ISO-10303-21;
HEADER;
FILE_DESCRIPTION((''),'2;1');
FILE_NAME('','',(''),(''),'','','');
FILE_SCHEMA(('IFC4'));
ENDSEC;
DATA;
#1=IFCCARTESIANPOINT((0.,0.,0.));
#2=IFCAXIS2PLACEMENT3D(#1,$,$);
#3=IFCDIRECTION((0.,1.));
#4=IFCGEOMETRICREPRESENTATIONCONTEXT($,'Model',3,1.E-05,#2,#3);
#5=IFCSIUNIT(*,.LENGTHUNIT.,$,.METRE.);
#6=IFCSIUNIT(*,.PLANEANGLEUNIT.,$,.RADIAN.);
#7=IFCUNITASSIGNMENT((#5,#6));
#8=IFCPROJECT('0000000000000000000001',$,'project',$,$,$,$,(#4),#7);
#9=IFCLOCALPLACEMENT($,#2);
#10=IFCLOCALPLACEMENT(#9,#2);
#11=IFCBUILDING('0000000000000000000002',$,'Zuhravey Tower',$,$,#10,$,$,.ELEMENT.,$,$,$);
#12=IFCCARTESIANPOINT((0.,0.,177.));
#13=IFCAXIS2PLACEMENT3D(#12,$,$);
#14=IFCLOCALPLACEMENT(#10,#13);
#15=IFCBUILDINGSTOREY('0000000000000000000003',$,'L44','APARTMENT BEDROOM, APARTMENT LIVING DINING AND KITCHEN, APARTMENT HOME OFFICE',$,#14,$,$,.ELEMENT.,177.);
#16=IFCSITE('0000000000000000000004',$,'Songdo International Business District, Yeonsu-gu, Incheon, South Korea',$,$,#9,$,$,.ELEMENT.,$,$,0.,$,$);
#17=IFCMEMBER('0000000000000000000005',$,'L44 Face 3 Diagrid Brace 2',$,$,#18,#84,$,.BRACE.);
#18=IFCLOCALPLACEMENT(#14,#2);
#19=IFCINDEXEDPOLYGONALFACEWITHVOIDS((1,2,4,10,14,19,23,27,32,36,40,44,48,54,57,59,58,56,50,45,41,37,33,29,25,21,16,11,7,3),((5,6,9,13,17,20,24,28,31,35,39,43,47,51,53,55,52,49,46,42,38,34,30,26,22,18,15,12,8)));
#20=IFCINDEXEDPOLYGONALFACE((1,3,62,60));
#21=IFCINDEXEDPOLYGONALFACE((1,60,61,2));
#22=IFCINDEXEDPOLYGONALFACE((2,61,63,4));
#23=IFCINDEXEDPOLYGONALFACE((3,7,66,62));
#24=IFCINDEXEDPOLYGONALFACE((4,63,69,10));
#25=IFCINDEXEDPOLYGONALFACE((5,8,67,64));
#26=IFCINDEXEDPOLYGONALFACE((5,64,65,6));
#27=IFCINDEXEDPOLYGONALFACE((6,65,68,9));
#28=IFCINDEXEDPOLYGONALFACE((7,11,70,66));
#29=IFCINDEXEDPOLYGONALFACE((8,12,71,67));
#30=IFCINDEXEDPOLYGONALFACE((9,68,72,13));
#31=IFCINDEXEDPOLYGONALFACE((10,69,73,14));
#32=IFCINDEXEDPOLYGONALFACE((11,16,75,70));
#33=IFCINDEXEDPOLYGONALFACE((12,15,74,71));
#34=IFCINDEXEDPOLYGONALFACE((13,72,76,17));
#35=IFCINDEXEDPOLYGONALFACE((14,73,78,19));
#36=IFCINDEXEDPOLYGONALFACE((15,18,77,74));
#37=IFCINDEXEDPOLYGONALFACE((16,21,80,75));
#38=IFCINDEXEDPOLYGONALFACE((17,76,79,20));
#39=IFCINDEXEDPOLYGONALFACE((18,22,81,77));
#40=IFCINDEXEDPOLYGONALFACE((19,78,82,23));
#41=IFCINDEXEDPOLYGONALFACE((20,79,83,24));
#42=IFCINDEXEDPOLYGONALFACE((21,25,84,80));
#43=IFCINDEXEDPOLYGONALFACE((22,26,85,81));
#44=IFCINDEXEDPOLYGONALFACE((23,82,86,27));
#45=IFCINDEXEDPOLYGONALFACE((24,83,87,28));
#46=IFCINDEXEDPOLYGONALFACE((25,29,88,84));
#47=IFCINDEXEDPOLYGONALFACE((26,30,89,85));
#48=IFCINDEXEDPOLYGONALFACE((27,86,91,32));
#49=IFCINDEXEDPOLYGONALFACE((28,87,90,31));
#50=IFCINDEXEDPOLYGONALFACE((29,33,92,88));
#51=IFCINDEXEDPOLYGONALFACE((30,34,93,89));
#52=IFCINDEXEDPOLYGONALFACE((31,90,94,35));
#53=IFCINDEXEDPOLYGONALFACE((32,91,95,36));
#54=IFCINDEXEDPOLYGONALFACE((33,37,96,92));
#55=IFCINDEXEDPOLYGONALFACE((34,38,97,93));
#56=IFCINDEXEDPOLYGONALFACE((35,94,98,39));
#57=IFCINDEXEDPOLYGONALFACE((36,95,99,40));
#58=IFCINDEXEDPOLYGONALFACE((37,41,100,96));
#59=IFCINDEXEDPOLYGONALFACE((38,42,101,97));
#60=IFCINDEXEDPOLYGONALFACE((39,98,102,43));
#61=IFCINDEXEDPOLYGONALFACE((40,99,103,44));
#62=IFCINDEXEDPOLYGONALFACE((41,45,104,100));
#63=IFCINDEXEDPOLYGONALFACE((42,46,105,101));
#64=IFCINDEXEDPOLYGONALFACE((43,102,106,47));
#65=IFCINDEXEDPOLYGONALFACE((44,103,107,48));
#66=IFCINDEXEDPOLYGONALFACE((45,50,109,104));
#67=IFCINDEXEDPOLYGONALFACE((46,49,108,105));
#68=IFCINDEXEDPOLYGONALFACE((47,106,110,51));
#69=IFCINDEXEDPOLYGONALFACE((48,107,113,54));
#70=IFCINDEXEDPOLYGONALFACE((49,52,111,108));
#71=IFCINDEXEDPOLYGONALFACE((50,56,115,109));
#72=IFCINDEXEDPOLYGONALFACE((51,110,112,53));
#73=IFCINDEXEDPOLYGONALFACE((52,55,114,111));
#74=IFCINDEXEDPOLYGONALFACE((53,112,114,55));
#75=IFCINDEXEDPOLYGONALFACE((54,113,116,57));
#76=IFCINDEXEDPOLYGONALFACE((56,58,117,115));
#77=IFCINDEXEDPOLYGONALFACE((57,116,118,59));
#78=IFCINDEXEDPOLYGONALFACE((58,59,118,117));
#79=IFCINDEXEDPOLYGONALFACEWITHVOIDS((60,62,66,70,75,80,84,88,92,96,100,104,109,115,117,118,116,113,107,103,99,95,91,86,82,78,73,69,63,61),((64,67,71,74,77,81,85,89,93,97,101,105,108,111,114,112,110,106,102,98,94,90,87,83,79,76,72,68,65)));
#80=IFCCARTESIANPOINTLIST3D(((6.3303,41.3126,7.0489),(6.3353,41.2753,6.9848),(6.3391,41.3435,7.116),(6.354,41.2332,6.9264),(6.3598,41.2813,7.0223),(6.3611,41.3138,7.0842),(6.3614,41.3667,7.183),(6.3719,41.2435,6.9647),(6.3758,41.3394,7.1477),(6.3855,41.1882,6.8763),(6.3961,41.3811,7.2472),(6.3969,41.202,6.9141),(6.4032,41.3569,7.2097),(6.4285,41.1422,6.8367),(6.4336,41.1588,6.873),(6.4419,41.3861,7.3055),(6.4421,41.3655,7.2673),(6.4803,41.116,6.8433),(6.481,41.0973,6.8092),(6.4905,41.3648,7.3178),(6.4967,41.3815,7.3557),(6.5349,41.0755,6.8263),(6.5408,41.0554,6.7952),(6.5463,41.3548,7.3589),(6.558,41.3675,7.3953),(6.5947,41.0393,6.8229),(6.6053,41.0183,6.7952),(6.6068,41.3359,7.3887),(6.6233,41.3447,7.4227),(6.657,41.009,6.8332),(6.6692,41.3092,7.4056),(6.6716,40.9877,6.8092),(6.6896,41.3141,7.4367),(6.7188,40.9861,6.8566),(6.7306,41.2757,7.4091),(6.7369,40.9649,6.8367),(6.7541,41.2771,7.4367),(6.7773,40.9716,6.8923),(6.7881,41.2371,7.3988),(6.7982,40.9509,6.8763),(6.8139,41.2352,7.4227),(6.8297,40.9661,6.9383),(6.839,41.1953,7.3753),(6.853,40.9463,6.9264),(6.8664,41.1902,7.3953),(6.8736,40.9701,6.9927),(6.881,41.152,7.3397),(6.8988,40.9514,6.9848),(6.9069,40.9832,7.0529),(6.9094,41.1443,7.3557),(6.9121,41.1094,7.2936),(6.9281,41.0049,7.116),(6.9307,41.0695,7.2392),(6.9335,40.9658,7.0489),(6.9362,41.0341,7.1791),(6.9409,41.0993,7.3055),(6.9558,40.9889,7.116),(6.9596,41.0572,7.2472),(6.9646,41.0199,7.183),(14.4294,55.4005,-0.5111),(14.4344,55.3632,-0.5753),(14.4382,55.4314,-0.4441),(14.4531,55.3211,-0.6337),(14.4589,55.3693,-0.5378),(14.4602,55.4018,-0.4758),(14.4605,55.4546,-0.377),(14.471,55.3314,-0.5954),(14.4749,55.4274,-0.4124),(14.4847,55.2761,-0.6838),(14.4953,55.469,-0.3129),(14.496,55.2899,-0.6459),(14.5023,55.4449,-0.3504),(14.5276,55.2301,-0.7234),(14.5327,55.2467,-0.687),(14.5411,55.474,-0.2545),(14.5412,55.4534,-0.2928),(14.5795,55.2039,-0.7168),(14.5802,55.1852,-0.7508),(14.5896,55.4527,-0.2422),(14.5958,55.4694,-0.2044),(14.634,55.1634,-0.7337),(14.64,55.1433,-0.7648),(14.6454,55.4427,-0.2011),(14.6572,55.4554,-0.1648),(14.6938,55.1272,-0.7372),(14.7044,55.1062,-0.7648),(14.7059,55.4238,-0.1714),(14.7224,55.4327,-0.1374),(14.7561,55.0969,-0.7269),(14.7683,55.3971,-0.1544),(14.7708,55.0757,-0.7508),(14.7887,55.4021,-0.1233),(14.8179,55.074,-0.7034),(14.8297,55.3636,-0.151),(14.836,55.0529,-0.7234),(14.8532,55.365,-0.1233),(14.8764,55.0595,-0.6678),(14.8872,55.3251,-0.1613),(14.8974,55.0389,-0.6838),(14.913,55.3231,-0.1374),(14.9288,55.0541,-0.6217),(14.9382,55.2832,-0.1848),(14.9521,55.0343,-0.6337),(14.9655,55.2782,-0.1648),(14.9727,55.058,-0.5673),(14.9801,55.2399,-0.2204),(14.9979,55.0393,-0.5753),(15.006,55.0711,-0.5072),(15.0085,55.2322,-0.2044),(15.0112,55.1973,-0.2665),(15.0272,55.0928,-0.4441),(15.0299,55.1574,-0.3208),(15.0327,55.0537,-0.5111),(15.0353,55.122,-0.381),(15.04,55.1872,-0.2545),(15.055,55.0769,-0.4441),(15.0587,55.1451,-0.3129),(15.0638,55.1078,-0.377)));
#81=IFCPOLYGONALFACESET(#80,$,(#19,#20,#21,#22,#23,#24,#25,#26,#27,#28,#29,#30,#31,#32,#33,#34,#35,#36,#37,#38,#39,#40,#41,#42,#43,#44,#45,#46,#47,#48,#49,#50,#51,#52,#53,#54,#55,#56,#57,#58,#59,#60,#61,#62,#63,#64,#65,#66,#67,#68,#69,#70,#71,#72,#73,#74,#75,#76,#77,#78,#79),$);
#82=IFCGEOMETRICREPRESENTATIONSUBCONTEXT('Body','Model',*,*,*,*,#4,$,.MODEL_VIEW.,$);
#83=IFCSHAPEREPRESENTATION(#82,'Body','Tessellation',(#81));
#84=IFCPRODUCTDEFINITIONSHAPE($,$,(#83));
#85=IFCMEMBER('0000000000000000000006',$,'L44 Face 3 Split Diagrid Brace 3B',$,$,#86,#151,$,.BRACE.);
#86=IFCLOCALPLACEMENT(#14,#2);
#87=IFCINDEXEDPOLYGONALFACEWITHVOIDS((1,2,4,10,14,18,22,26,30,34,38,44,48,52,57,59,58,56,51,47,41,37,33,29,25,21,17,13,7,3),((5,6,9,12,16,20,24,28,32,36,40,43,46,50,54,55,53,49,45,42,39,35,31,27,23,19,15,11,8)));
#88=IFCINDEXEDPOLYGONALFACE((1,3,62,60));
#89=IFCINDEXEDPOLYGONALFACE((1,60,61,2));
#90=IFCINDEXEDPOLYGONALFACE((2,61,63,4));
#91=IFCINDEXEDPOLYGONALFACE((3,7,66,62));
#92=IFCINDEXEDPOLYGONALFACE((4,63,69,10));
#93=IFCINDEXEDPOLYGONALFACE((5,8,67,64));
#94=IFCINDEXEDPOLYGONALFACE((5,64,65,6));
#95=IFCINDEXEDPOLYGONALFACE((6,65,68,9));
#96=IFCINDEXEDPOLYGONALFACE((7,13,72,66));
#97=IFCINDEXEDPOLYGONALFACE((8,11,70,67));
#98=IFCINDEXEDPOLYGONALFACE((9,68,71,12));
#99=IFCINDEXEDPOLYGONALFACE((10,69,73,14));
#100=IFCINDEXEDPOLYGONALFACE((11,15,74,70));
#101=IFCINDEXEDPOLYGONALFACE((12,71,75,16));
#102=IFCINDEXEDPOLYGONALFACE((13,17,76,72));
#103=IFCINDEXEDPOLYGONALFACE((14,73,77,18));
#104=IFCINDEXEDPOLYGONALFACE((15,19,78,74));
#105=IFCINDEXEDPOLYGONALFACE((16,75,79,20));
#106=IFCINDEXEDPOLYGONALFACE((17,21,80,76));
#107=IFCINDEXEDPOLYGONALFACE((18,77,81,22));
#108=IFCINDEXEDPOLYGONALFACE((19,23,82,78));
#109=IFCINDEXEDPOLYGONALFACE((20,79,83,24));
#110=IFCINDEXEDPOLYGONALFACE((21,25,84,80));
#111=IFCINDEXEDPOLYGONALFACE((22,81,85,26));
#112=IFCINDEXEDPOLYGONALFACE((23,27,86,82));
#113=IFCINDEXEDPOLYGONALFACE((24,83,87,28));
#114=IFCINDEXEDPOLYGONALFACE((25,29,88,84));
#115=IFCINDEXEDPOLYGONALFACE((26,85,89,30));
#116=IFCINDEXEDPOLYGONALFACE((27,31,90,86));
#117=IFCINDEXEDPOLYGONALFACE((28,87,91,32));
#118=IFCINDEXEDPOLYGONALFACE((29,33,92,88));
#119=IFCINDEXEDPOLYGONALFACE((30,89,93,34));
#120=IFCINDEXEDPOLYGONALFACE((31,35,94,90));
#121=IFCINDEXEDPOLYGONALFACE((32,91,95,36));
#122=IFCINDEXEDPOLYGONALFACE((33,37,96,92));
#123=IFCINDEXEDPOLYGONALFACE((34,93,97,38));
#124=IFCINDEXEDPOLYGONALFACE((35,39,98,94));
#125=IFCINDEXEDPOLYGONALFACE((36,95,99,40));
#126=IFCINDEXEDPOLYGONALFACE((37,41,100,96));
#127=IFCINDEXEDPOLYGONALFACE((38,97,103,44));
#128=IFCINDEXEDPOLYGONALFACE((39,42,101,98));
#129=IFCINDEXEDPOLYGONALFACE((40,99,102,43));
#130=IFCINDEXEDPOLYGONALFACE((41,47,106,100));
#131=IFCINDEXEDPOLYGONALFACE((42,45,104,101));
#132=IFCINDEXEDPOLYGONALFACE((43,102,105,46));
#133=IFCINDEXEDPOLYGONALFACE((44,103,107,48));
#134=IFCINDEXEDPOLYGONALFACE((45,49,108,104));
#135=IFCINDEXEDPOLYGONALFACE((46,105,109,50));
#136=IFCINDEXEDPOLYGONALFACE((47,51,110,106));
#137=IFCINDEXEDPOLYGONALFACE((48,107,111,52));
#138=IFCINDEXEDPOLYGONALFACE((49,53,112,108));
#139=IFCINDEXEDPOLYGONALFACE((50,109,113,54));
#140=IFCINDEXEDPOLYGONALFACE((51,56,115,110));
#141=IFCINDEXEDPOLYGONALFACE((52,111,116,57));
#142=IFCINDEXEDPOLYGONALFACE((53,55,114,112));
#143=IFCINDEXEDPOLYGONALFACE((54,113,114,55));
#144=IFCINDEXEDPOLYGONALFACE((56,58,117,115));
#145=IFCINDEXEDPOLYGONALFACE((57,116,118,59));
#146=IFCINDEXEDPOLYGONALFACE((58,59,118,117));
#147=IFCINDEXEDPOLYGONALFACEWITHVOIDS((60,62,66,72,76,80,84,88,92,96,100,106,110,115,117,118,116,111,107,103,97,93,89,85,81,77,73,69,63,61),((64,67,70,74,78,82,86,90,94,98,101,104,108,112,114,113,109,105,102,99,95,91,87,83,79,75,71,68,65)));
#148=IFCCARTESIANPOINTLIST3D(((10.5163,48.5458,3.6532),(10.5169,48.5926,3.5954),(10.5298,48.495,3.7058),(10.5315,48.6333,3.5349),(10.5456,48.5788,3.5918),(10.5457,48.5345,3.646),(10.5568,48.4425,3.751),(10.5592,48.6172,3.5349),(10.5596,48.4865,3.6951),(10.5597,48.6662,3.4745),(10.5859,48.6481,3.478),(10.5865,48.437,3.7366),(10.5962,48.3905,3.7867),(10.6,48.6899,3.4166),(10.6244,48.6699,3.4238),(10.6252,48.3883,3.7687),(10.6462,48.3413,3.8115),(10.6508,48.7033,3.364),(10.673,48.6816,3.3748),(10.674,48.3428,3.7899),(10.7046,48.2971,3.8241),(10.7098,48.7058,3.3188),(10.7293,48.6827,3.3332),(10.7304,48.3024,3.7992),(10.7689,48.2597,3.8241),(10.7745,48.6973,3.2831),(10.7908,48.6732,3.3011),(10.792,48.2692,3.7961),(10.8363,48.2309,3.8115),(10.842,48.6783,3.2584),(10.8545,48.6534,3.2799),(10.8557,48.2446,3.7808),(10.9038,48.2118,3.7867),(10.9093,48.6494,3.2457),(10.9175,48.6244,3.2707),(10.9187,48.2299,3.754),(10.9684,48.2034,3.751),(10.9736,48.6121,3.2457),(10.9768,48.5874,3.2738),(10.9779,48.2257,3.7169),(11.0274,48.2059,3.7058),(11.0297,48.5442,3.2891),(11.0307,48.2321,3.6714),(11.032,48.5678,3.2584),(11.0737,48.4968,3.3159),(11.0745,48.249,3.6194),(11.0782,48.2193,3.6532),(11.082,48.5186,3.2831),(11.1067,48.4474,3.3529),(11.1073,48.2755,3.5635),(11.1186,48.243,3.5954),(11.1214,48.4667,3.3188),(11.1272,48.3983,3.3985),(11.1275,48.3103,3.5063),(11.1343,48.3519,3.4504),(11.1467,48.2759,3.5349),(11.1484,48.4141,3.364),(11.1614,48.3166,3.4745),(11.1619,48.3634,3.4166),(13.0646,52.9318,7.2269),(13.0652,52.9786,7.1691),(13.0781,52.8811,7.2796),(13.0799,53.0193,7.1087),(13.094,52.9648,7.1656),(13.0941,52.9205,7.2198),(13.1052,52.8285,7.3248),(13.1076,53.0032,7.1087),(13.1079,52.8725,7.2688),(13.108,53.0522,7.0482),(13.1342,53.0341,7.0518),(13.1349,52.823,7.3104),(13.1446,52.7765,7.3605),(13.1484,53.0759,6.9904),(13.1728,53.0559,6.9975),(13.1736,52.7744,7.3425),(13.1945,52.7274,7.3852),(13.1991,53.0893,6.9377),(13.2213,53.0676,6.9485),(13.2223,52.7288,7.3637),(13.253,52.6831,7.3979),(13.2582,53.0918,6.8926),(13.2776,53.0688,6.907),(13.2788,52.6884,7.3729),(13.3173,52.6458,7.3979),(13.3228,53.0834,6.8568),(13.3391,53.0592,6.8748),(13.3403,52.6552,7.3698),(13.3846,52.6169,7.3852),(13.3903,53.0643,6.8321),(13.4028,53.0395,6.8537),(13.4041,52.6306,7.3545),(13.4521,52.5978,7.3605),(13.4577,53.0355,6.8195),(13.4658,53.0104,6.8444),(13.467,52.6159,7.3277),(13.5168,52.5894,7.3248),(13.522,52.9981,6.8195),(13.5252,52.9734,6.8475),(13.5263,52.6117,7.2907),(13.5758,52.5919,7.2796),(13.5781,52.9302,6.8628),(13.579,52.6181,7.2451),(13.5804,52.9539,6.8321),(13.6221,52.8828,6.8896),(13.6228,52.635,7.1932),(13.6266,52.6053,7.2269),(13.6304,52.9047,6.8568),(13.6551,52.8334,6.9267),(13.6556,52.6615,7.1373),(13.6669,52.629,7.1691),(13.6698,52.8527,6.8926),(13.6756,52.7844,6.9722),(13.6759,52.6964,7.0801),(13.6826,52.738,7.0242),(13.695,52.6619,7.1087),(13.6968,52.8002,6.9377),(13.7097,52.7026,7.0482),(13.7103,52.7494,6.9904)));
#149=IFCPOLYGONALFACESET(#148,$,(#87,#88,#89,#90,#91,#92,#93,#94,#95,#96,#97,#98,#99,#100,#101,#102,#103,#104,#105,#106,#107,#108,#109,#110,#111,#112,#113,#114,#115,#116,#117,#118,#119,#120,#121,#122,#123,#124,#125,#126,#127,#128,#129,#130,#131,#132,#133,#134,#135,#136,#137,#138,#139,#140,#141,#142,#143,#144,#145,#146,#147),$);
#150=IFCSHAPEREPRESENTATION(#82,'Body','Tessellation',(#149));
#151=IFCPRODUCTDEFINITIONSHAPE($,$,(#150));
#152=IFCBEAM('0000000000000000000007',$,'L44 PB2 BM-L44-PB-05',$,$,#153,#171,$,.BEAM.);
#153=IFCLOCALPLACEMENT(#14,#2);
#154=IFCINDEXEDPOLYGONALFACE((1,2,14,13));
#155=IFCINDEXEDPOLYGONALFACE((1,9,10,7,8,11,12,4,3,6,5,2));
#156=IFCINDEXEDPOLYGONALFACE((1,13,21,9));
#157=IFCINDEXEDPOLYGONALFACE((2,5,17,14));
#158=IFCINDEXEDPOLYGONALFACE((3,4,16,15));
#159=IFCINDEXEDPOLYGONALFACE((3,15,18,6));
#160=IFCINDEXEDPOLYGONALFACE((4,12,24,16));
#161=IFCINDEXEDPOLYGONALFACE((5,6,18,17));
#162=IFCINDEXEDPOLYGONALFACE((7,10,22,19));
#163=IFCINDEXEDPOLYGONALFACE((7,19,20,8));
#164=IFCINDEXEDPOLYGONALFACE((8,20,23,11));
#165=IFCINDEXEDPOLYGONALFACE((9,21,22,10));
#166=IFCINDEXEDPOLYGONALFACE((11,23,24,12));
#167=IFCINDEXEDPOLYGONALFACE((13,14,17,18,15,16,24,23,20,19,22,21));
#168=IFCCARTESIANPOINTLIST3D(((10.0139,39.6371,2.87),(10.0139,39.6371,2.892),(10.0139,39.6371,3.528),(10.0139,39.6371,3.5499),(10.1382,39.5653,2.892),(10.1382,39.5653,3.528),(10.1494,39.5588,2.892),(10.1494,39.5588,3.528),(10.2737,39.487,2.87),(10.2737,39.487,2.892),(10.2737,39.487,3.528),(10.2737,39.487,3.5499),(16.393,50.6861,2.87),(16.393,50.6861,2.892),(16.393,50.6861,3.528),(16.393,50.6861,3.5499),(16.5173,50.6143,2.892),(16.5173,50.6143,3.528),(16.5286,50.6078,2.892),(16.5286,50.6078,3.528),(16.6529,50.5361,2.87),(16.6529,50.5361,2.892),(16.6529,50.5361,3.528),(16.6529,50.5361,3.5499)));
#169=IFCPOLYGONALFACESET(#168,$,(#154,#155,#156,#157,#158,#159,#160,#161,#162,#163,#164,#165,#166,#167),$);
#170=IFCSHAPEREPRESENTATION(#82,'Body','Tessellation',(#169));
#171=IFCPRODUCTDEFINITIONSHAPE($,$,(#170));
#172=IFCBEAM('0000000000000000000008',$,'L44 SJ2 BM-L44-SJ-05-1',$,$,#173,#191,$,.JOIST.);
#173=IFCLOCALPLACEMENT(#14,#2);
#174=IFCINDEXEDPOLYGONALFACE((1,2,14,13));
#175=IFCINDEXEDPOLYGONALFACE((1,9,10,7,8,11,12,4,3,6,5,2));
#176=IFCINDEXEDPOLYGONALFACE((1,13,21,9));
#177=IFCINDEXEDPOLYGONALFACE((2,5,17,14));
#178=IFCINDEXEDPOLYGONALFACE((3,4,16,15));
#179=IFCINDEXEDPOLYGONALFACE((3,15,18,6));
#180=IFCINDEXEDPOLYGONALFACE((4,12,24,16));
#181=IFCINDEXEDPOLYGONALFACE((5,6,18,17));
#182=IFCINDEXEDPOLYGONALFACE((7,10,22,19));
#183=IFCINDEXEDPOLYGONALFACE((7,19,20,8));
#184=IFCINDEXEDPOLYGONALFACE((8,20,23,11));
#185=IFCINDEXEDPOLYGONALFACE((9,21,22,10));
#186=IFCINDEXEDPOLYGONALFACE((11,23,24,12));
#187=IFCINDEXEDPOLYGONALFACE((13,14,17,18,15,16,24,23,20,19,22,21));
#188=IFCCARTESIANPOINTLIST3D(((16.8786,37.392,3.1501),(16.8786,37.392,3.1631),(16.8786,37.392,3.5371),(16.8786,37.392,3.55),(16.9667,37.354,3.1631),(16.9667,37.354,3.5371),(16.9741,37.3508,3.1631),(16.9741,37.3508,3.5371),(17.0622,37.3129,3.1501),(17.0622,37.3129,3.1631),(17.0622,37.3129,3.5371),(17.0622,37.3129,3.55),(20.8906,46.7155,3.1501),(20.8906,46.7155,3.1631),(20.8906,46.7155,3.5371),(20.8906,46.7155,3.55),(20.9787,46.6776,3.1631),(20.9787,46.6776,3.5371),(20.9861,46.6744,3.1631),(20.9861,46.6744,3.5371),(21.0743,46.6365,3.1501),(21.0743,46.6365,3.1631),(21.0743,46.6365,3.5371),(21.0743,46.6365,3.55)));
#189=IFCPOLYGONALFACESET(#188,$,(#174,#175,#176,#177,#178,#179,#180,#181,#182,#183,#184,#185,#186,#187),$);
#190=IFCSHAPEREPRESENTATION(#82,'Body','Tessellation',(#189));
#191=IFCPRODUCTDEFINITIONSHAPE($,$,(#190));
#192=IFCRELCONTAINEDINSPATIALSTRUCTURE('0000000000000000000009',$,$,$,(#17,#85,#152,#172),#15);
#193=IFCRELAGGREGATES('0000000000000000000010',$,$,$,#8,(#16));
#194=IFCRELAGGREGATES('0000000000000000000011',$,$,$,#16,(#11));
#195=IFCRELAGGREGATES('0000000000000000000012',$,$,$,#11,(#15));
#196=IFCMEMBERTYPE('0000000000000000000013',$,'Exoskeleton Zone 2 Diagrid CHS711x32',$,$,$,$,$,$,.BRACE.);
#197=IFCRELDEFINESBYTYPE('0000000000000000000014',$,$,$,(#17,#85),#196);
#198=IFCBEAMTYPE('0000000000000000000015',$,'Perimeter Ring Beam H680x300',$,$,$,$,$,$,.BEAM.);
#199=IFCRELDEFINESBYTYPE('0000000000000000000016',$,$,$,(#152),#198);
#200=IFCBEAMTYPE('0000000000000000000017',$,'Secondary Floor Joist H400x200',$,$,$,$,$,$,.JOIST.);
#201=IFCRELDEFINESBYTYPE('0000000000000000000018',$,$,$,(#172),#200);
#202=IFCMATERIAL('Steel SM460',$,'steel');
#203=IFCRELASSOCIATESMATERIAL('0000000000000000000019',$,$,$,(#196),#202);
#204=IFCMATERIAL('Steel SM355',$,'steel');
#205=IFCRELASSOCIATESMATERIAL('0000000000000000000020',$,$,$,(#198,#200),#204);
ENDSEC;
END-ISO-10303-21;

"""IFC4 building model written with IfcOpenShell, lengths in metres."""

from ifc_helpers import new_model, si_unit, direction, frame, origin, origin_2d, place, context, subcontext, project, spatial, hollow_circle, i_section, extrude, material, material_profile, profile_set, type_object, element, save


model = new_model("IFC4")

# Units and contexts
model_context = context("Model", 3, precision=1e-05, world=origin(), true_north=direction((0.0, 1.0)))
body_context = subcontext(model_context, "Body", "Model", "MODEL_VIEW")
ifc_project = project(units=[si_unit("LENGTHUNIT", "METRE"), si_unit("PLANEANGLEUNIT", "RADIAN")], contexts=[model_context])

# Site, building, storey
site_placement = place(None, origin())
site = spatial("IfcSite", under=ifc_project, at=site_placement, Name="Songdo International Business District, Yeonsu-gu, Incheon, South Korea", CompositionType="ELEMENT", RefElevation=0.0)
building_placement = place(site_placement, origin())
building = spatial("IfcBuilding", under=site, at=building_placement, Name="Zuhravey Tower", CompositionType="ELEMENT")
storey_placement = place(building_placement, frame((0.0, 0.0, 177.0)))
storey = spatial("IfcBuildingStorey", under=building, at=storey_placement, Name="L44", Description="APARTMENT BEDROOM, APARTMENT LIVING DINING AND KITCHEN, APARTMENT HOME OFFICE", CompositionType="ELEMENT", Elevation=177.0)

# Members
ifc_material_1 = material(Name="Steel SM355", Category="steel")
ifc_material_2 = material(Name="Steel SM460", Category="steel")
ifc_material_profile_1 = material_profile(ifc_material_2, hollow_circle(Radius=0.3557, WallThickness=0.032, at=origin_2d()), Name="CHS-711.2x32")
ifc_profile_set_1 = profile_set([ifc_material_profile_1], Name="Steel SM460")
member_type_1 = type_object("IfcMemberType", Name="Exoskeleton Zone 2 Diagrid CHS711x32", PredefinedType="BRACE", material=ifc_profile_set_1)
member_1_placement = place(storey_placement, frame((14.7466, 55.2542, -0.4441), z_axis=(-0.451895, -0.786041, 0.421818), x_axis=(0.866944, -0.498406, 0.0)))
element("IfcMember", 1, at=member_1_placement, inside=storey, type_object=member_type_1, Name="L44 Face 3 Diagrid Brace 2", PredefinedType="BRACE", context=body_context, shape_type="SweptSolid", body=[
    extrude(hollow_circle(Radius=0.3557, WallThickness=0.032, at=origin_2d()), origin(), (0.0, 0.0, 1.0), 17.9226),
])
member_2_placement = place(storey_placement, frame((10.8391, 48.4546, 3.5349), z_axis=(0.410689, 0.706843, 0.57594), x_axis=(-0.864649, 0.502377, 0.0)))
element("IfcMember", 2, at=member_2_placement, inside=storey, type_object=member_type_1, Name="L44 Face 3 Split Diagrid Brace 3B", PredefinedType="BRACE", context=body_context, shape_type="SweptSolid", body=[
    extrude(hollow_circle(Radius=0.3557, WallThickness=0.032, at=origin_2d()), origin(), (0.0, 0.0, 1.0), 6.2051),
])

# Beams
ifc_material_profile_2 = material_profile(ifc_material_1, i_section(OverallWidth=0.3, OverallDepth=0.6799, WebThickness=0.0129, FlangeThickness=0.022, at=origin_2d()), Name="H-680x300x13x22")
ifc_profile_set_2 = profile_set([ifc_material_profile_2], Name="Steel SM355")
beam_type_1 = type_object("IfcBeamType", Name="Perimeter Ring Beam H680x300", PredefinedType="BEAM", material=ifc_profile_set_2)
beam_1_placement = place(storey_placement, frame((16.5229, 50.6111, 3.21), z_axis=(-0.499998, -0.866027, 0.0), x_axis=(0.866027, -0.499998, 0.0)))
element("IfcBeam", 3, at=beam_1_placement, inside=storey, type_object=beam_type_1, Name="L44 PB2 BM-L44-PB-05", PredefinedType="BEAM", context=body_context, shape_type="SweptSolid", body=[
    extrude(i_section(OverallWidth=0.3, OverallDepth=0.6799, WebThickness=0.0129, FlangeThickness=0.022, at=origin_2d()), origin(), (0.0, 0.0, 1.0), 12.7583),
])
ifc_material_profile_3 = material_profile(ifc_material_1, i_section(OverallWidth=0.2, OverallDepth=0.3999, WebThickness=0.0081, FlangeThickness=0.0129, at=origin_2d()), Name="H-400x200x8x13")
ifc_profile_set_3 = profile_set([ifc_material_profile_3], Name="Steel SM355")
beam_type_2 = type_object("IfcBeamType", Name="Secondary Floor Joist H400x200", PredefinedType="JOIST", material=ifc_profile_set_3)
beam_2_placement = place(storey_placement, frame((20.9824, 46.676, 3.3501), z_axis=(-0.395266, -0.918567, 0.0), x_axis=(0.918567, -0.395266, 0.0)))
element("IfcBeam", 4, at=beam_2_placement, inside=storey, type_object=beam_type_2, Name="L44 SJ2 BM-L44-SJ-05-1", PredefinedType="JOIST", context=body_context, shape_type="SweptSolid", body=[
    extrude(i_section(OverallWidth=0.2, OverallDepth=0.3999, WebThickness=0.0081, FlangeThickness=0.0129, at=origin_2d()), origin(), (0.0, 0.0, 1.0), 10.1501),
])

save(model, "model.ifc")
